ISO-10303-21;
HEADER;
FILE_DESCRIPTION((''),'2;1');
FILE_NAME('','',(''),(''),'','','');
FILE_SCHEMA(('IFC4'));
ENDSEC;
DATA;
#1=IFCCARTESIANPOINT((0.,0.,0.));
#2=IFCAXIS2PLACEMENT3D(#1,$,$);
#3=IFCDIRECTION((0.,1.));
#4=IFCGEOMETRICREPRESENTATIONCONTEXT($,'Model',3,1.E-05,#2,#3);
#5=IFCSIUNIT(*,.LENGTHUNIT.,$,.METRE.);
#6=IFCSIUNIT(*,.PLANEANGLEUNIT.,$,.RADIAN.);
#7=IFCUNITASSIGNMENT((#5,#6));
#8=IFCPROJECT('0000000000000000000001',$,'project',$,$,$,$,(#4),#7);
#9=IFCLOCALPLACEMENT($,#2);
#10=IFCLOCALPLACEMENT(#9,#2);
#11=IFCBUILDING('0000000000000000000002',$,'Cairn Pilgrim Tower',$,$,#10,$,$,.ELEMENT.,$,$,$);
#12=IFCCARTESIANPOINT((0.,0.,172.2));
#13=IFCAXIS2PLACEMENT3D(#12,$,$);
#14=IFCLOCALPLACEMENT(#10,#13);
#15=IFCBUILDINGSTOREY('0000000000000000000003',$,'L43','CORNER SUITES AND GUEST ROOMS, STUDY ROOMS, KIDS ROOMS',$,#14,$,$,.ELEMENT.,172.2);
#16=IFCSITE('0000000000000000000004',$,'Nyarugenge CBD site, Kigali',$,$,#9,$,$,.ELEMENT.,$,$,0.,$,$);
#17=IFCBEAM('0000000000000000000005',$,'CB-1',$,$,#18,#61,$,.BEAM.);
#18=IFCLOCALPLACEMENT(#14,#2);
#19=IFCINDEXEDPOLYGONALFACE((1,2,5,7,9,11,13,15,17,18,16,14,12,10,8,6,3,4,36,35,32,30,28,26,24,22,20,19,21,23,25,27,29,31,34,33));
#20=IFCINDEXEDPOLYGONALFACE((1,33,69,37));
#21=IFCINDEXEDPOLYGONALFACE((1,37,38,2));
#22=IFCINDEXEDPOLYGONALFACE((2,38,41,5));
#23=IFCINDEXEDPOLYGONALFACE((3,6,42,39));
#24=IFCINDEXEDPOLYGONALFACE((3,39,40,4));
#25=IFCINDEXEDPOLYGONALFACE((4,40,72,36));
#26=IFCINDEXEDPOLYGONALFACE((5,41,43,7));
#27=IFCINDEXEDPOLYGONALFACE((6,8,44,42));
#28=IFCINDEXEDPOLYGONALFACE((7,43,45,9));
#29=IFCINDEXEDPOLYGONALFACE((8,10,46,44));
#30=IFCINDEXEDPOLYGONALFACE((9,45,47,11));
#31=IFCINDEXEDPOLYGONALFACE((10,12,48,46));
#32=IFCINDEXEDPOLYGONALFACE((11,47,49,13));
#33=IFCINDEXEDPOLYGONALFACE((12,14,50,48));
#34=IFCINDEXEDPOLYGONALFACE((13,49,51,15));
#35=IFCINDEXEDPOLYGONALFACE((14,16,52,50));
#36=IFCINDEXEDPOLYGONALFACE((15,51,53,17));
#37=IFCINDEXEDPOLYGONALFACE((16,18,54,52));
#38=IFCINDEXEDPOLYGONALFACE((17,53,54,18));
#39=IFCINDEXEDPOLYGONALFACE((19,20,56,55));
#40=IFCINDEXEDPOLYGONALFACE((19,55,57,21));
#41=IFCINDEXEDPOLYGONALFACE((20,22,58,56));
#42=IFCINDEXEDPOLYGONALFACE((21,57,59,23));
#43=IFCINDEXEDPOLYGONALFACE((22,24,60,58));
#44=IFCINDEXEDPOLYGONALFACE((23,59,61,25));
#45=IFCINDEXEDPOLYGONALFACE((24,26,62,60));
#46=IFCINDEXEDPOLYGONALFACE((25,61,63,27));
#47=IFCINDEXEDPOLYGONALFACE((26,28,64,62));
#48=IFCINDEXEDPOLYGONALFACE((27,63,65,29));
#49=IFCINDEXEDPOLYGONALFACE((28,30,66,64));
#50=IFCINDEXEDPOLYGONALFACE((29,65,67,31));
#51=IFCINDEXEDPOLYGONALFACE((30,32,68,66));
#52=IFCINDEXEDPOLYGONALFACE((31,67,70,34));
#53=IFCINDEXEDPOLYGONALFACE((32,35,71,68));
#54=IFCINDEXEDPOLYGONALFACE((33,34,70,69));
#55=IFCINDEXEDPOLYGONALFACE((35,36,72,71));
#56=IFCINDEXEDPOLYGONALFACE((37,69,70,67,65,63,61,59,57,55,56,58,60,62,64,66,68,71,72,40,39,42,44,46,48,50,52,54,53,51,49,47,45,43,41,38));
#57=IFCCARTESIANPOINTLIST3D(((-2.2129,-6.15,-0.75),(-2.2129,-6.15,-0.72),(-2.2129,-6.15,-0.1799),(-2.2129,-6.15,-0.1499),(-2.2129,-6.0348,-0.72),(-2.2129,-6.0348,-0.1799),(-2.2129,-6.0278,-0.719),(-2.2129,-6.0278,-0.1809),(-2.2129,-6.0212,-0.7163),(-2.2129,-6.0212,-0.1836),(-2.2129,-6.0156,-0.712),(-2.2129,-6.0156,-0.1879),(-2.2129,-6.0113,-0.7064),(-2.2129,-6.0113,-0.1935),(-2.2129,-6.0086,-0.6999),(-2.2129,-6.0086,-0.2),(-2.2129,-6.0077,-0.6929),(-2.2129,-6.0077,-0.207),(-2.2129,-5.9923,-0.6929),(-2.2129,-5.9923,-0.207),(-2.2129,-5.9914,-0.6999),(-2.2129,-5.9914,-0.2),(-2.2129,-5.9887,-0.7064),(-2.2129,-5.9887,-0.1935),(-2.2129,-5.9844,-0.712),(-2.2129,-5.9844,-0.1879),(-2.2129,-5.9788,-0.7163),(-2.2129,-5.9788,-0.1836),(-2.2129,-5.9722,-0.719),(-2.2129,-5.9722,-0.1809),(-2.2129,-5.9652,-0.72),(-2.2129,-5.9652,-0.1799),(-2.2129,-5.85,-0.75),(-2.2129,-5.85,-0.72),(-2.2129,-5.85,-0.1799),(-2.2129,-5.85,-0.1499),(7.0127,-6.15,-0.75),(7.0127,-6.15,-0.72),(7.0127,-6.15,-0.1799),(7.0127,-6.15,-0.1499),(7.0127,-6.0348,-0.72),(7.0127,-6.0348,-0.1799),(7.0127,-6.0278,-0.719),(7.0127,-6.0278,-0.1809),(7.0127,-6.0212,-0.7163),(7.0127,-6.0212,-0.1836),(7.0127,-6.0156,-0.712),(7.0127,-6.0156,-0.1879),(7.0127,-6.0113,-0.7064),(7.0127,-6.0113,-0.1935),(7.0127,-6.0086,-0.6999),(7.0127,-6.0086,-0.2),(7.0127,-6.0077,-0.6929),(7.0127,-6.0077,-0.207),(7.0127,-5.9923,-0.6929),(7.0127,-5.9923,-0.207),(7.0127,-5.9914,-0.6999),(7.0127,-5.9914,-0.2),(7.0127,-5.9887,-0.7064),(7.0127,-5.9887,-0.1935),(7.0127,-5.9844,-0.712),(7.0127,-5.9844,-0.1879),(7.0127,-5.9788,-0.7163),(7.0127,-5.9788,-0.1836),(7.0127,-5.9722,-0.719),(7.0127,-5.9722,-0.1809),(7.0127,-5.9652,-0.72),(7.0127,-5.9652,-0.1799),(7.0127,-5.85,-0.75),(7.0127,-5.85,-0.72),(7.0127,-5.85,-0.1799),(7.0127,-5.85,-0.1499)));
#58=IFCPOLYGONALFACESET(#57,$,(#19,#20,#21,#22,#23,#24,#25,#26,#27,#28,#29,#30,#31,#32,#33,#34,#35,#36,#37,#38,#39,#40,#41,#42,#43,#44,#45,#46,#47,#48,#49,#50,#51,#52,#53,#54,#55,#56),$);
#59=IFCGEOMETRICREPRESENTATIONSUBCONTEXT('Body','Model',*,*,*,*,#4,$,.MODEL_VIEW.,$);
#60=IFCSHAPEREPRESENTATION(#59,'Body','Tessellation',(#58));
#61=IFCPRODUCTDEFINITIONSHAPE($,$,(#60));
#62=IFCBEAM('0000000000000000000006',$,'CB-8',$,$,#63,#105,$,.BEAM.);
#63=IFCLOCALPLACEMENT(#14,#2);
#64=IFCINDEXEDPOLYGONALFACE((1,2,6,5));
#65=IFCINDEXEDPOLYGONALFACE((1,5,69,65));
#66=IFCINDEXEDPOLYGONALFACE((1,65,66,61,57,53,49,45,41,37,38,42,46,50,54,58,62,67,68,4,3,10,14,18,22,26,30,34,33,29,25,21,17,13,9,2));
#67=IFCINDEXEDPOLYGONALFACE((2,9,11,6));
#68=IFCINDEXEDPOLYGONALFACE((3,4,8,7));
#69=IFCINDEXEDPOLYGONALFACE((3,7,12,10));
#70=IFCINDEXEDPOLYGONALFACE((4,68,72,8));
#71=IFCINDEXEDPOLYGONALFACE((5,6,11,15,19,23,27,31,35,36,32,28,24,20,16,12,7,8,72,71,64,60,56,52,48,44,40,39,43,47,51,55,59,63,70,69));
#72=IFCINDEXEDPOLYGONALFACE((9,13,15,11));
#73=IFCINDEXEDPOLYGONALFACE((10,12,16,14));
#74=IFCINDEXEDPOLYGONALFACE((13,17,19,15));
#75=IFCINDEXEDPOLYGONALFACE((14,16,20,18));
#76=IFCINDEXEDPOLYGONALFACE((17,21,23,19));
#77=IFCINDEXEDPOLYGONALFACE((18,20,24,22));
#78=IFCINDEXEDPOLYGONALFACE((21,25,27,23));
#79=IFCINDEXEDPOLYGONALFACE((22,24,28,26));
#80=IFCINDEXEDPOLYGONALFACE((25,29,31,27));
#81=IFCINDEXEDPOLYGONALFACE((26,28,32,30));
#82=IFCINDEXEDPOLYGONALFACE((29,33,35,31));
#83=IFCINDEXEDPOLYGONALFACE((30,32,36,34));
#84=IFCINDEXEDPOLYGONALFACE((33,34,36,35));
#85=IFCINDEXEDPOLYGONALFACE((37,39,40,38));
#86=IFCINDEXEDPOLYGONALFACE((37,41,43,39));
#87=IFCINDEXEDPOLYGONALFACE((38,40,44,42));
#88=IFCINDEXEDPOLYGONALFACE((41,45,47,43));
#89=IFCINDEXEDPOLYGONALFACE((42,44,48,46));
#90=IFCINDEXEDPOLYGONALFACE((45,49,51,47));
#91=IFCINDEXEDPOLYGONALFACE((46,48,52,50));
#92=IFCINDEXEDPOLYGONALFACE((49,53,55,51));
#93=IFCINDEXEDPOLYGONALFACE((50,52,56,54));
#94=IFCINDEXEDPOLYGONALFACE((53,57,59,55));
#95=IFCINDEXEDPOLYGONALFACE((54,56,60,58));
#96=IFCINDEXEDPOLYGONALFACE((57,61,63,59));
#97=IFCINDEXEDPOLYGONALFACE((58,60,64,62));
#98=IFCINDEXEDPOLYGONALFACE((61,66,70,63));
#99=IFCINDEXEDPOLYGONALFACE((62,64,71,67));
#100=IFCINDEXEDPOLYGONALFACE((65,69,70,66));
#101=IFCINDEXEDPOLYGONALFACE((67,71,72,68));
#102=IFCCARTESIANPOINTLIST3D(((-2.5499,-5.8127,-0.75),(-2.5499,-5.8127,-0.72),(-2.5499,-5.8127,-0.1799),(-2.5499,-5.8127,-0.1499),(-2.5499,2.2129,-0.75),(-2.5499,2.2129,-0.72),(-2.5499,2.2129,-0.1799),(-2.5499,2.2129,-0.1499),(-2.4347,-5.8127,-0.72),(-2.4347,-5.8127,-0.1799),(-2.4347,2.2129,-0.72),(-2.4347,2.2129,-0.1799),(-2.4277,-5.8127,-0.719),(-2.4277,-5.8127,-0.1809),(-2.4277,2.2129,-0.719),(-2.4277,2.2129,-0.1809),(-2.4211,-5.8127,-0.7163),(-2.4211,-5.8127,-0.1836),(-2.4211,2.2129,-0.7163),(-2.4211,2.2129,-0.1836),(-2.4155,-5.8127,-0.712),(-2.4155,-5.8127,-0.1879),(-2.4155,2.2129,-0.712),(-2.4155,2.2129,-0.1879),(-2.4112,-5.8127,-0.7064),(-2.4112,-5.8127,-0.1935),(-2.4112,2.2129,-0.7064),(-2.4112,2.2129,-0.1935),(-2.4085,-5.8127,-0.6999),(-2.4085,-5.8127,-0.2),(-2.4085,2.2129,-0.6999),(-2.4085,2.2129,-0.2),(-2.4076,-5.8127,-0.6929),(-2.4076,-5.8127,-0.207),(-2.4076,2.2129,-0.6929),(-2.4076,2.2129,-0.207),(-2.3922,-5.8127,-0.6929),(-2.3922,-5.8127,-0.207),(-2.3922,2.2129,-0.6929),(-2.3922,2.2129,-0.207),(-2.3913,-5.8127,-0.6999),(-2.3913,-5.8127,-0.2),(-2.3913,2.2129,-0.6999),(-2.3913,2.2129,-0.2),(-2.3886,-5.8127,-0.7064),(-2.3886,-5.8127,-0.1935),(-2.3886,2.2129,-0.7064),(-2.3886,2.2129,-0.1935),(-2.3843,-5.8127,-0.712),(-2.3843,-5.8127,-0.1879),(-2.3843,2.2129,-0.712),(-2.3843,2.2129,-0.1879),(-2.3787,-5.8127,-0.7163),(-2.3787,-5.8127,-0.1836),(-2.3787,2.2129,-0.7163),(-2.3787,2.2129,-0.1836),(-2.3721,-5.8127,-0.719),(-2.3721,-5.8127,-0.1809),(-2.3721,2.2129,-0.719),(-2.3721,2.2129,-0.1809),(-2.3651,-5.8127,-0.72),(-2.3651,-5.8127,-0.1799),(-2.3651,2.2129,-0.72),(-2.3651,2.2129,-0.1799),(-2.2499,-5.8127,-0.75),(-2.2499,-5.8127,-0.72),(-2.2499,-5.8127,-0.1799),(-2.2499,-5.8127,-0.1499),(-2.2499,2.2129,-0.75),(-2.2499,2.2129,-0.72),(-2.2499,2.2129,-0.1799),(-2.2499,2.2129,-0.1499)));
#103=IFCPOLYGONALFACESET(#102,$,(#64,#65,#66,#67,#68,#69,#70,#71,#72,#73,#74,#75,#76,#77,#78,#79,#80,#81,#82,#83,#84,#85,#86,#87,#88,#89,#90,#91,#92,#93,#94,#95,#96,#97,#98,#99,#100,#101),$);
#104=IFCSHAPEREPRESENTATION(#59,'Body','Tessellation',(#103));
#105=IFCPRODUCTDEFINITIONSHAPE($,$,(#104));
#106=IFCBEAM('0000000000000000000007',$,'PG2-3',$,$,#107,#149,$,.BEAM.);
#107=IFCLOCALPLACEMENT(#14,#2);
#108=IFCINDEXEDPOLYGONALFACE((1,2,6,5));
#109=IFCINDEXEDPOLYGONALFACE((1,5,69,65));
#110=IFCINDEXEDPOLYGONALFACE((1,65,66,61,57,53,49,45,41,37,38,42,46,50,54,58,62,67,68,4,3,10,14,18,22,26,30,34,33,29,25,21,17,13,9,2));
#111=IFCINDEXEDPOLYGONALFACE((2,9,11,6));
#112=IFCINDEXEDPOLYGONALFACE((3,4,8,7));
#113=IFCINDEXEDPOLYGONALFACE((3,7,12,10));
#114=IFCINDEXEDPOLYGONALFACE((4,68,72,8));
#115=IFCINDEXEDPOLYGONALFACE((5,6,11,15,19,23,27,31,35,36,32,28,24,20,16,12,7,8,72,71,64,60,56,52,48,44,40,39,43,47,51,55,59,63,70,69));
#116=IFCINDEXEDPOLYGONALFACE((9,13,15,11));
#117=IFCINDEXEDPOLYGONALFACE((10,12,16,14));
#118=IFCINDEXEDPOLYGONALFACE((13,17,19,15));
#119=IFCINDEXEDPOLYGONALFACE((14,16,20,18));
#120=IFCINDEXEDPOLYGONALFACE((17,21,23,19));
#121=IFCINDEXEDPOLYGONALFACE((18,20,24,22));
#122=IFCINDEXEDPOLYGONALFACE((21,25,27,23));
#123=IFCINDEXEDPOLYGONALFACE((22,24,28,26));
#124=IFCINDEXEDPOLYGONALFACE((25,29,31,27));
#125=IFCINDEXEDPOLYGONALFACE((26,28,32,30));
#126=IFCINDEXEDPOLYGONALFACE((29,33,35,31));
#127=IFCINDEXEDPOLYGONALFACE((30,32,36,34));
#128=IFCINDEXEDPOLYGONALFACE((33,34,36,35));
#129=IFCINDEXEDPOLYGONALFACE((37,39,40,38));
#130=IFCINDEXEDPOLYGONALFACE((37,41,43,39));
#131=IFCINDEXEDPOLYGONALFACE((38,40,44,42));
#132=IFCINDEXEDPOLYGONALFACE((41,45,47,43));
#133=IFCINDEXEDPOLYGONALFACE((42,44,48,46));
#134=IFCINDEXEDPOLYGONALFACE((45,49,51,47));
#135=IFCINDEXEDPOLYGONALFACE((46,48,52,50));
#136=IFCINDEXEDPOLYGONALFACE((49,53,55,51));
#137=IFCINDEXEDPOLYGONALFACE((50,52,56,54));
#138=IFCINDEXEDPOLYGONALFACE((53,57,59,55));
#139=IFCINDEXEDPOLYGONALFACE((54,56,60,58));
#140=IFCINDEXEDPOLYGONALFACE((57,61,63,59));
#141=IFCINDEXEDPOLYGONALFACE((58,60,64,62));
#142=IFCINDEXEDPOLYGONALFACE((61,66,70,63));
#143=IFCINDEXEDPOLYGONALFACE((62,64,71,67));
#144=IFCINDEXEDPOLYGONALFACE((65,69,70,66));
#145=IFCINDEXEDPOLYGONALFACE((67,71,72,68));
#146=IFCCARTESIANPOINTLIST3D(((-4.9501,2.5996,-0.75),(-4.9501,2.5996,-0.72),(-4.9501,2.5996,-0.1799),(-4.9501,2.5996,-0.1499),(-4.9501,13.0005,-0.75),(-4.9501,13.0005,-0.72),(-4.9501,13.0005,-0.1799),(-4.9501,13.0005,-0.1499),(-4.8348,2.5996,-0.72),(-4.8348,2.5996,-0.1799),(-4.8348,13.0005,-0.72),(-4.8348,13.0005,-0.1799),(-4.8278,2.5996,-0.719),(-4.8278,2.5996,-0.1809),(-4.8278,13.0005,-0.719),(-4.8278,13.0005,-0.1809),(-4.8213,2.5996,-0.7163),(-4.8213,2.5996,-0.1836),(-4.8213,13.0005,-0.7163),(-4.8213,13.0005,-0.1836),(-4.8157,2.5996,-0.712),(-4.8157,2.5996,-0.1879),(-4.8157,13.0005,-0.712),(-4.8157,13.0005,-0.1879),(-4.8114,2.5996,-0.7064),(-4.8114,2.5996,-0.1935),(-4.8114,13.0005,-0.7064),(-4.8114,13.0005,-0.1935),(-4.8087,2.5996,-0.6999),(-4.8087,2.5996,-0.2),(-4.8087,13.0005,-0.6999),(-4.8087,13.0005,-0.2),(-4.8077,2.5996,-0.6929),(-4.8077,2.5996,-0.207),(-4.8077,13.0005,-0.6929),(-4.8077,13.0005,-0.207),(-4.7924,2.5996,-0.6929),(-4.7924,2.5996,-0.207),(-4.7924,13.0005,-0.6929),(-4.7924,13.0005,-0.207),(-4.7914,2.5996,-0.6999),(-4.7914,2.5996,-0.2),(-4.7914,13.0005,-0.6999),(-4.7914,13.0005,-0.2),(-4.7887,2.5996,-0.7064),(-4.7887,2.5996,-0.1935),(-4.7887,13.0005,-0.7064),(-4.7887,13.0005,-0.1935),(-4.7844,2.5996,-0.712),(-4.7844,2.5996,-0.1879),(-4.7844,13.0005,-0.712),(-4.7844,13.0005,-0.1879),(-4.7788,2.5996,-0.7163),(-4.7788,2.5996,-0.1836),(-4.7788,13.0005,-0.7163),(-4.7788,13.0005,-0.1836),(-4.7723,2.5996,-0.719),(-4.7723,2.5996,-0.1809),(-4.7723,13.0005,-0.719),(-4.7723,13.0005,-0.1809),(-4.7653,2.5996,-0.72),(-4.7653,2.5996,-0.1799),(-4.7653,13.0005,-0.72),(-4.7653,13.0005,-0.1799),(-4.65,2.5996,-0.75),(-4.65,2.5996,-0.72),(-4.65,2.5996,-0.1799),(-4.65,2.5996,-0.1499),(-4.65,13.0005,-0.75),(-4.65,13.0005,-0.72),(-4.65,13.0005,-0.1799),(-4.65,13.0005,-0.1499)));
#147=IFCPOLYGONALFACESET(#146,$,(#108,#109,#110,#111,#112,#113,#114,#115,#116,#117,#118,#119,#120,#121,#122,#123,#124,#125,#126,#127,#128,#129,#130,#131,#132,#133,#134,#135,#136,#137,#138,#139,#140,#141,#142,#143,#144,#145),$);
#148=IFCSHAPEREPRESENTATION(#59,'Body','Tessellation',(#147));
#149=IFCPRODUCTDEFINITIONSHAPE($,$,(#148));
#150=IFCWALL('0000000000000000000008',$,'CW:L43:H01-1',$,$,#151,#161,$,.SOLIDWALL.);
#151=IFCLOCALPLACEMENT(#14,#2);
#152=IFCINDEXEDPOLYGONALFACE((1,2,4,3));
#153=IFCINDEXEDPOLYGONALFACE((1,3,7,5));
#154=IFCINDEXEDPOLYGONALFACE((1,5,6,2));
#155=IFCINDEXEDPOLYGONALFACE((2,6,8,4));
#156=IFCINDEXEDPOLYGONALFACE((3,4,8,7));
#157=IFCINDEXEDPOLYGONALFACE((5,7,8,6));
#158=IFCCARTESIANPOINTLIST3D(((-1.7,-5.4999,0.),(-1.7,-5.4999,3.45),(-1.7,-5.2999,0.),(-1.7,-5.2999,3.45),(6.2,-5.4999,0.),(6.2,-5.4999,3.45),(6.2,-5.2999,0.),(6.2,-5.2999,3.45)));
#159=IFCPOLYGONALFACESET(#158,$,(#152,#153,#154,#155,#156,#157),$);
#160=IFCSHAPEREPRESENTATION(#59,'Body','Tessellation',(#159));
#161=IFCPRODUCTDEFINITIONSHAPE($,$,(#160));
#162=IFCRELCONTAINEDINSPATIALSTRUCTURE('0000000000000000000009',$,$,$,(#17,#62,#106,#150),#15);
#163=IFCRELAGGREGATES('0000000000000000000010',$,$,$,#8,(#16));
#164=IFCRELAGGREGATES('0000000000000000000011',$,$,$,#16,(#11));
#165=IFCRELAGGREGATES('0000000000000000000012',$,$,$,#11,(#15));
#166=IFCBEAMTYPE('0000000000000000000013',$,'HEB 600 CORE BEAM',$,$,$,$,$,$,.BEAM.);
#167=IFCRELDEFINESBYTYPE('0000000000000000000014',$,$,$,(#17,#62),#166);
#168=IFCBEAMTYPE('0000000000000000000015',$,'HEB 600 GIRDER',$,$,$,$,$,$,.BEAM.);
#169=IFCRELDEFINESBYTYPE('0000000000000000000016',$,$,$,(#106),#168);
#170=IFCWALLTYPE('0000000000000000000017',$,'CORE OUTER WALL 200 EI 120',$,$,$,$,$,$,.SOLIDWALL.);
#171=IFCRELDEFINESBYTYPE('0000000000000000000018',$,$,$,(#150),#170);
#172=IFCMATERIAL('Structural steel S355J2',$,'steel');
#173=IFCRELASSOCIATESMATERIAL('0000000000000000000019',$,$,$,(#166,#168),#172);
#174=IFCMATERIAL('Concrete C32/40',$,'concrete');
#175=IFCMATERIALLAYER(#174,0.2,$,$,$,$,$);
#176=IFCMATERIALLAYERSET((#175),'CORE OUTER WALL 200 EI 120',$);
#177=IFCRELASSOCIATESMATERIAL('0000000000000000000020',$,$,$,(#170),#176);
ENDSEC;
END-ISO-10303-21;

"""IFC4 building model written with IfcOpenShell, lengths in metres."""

from ifc_helpers import new_model, si_unit, direction, frame, frame_2d, origin, origin_2d, place, context, subcontext, project, spatial, rectangle, i_section, extrude, material, layer, layer_set, material_profile, profile_set, type_object, element, save


model = new_model("IFC4")

# Units and contexts
model_context = context("Model", 3, precision=1e-05, world=origin(), true_north=direction((0.0, 1.0)))
body_context = subcontext(model_context, "Body", "Model", "MODEL_VIEW")
ifc_project = project(units=[si_unit("LENGTHUNIT", "METRE"), si_unit("PLANEANGLEUNIT", "RADIAN")], contexts=[model_context])

# Site, building, storey
site_placement = place(None, origin())
site = spatial("IfcSite", under=ifc_project, at=site_placement, Name="Nyarugenge CBD site, Kigali", CompositionType="ELEMENT", RefElevation=0.0)
building_placement = place(site_placement, origin())
building = spatial("IfcBuilding", under=site, at=building_placement, Name="Cairn Pilgrim Tower", CompositionType="ELEMENT")
storey_placement = place(building_placement, frame((0.0, 0.0, 172.2)))
storey = spatial("IfcBuildingStorey", under=building, at=storey_placement, Name="L43", Description="CORNER SUITES AND GUEST ROOMS, STUDY ROOMS, KIDS ROOMS", CompositionType="ELEMENT", Elevation=172.2)

# Shared definitions
ifc_material_1 = material(Name="Structural steel S355J2", Category="steel")

# Beams
ifc_material_profile_1 = material_profile(ifc_material_1, i_section(OverallWidth=0.3, OverallDepth=0.6001, WebThickness=0.0154, FlangeThickness=0.03, FilletRadius=0.0271, at=origin_2d()), Name="HEB 600")
ifc_profile_set_1 = profile_set([ifc_material_profile_1], Name="Structural steel S355J2")
beam_type_1 = type_object("IfcBeamType", Name="HEB 600 CORE BEAM", PredefinedType="BEAM", material=ifc_profile_set_1)
beam_1_placement = place(storey_placement, frame((-2.2129, -6.0, -0.45), z_axis=(1.0, 0.0, 0.0), x_axis=(0.0, 1.0, 0.0)))
element("IfcBeam", 1, at=beam_1_placement, inside=storey, type_object=beam_type_1, Name="CB-1", PredefinedType="BEAM", context=body_context, shape_type="SweptSolid", body=[
    extrude(i_section(OverallWidth=0.3, OverallDepth=0.6001, WebThickness=0.0154, FlangeThickness=0.03, FilletRadius=0.0271, at=origin_2d()), origin(), (0.0, 0.0, 1.0), 9.2256),
])
beam_2_placement = place(storey_placement, frame((-2.3999, 2.2129, -0.45), z_axis=(0.0, -1.0, 0.0), x_axis=(1.0, 0.0, 0.0)))
element("IfcBeam", 2, at=beam_2_placement, inside=storey, type_object=beam_type_1, Name="CB-8", PredefinedType="BEAM", context=body_context, shape_type="SweptSolid", body=[
    extrude(i_section(OverallWidth=0.3, OverallDepth=0.6001, WebThickness=0.0154, FlangeThickness=0.03, FilletRadius=0.0271, at=origin_2d()), origin(), (0.0, 0.0, 1.0), 8.0256),
])
ifc_material_profile_2 = material_profile(ifc_material_1, i_section(OverallWidth=0.3, OverallDepth=0.6001, WebThickness=0.0154, FlangeThickness=0.03, FilletRadius=0.0271, at=origin_2d()), Name="HEB 600")
ifc_profile_set_2 = profile_set([ifc_material_profile_2], Name="Structural steel S355J2")
beam_type_2 = type_object("IfcBeamType", Name="HEB 600 GIRDER", PredefinedType="BEAM", material=ifc_profile_set_2)
beam_3_placement = place(storey_placement, frame((-4.8, 2.5996, -0.45), z_axis=(0.0, 1.0, 0.0), x_axis=(-1.0, 0.0, 0.0)))
element("IfcBeam", 3, at=beam_3_placement, inside=storey, type_object=beam_type_2, Name="PG2-3", PredefinedType="BEAM", context=body_context, shape_type="SweptSolid", body=[
    extrude(i_section(OverallWidth=0.3, OverallDepth=0.6001, WebThickness=0.0154, FlangeThickness=0.03, FilletRadius=0.0271, at=origin_2d()), origin(), (0.0, 0.0, 1.0), 10.4009),
])

# Wall
ifc_material_2 = material(Name="Concrete C32/40", Category="concrete")
ifc_layer_1 = layer(ifc_material_2, 0.2)
ifc_layer_set_1 = layer_set([ifc_layer_1], Name="CORE OUTER WALL 200 EI 120")
wall_type_1 = type_object("IfcWallType", Name="CORE OUTER WALL 200 EI 120", PredefinedType="SOLIDWALL", material=ifc_layer_set_1)
wall_1_placement = place(storey_placement, frame((-1.7, -5.3999, 0.0), z_axis=(0.0, 0.0, 1.0), x_axis=(1.0, 0.0, 0.0)))
element("IfcWall", 4, at=wall_1_placement, inside=storey, type_object=wall_type_1, Name="CW:L43:H01-1", PredefinedType="SOLIDWALL", context=body_context, shape_type="SweptSolid", body=[
    extrude(rectangle(XDim=7.8999, YDim=0.2, at=frame_2d((3.95, 0.0))), origin(), (0.0, 0.0, 1.0), 3.45),
])

save(model, "model.ifc")
